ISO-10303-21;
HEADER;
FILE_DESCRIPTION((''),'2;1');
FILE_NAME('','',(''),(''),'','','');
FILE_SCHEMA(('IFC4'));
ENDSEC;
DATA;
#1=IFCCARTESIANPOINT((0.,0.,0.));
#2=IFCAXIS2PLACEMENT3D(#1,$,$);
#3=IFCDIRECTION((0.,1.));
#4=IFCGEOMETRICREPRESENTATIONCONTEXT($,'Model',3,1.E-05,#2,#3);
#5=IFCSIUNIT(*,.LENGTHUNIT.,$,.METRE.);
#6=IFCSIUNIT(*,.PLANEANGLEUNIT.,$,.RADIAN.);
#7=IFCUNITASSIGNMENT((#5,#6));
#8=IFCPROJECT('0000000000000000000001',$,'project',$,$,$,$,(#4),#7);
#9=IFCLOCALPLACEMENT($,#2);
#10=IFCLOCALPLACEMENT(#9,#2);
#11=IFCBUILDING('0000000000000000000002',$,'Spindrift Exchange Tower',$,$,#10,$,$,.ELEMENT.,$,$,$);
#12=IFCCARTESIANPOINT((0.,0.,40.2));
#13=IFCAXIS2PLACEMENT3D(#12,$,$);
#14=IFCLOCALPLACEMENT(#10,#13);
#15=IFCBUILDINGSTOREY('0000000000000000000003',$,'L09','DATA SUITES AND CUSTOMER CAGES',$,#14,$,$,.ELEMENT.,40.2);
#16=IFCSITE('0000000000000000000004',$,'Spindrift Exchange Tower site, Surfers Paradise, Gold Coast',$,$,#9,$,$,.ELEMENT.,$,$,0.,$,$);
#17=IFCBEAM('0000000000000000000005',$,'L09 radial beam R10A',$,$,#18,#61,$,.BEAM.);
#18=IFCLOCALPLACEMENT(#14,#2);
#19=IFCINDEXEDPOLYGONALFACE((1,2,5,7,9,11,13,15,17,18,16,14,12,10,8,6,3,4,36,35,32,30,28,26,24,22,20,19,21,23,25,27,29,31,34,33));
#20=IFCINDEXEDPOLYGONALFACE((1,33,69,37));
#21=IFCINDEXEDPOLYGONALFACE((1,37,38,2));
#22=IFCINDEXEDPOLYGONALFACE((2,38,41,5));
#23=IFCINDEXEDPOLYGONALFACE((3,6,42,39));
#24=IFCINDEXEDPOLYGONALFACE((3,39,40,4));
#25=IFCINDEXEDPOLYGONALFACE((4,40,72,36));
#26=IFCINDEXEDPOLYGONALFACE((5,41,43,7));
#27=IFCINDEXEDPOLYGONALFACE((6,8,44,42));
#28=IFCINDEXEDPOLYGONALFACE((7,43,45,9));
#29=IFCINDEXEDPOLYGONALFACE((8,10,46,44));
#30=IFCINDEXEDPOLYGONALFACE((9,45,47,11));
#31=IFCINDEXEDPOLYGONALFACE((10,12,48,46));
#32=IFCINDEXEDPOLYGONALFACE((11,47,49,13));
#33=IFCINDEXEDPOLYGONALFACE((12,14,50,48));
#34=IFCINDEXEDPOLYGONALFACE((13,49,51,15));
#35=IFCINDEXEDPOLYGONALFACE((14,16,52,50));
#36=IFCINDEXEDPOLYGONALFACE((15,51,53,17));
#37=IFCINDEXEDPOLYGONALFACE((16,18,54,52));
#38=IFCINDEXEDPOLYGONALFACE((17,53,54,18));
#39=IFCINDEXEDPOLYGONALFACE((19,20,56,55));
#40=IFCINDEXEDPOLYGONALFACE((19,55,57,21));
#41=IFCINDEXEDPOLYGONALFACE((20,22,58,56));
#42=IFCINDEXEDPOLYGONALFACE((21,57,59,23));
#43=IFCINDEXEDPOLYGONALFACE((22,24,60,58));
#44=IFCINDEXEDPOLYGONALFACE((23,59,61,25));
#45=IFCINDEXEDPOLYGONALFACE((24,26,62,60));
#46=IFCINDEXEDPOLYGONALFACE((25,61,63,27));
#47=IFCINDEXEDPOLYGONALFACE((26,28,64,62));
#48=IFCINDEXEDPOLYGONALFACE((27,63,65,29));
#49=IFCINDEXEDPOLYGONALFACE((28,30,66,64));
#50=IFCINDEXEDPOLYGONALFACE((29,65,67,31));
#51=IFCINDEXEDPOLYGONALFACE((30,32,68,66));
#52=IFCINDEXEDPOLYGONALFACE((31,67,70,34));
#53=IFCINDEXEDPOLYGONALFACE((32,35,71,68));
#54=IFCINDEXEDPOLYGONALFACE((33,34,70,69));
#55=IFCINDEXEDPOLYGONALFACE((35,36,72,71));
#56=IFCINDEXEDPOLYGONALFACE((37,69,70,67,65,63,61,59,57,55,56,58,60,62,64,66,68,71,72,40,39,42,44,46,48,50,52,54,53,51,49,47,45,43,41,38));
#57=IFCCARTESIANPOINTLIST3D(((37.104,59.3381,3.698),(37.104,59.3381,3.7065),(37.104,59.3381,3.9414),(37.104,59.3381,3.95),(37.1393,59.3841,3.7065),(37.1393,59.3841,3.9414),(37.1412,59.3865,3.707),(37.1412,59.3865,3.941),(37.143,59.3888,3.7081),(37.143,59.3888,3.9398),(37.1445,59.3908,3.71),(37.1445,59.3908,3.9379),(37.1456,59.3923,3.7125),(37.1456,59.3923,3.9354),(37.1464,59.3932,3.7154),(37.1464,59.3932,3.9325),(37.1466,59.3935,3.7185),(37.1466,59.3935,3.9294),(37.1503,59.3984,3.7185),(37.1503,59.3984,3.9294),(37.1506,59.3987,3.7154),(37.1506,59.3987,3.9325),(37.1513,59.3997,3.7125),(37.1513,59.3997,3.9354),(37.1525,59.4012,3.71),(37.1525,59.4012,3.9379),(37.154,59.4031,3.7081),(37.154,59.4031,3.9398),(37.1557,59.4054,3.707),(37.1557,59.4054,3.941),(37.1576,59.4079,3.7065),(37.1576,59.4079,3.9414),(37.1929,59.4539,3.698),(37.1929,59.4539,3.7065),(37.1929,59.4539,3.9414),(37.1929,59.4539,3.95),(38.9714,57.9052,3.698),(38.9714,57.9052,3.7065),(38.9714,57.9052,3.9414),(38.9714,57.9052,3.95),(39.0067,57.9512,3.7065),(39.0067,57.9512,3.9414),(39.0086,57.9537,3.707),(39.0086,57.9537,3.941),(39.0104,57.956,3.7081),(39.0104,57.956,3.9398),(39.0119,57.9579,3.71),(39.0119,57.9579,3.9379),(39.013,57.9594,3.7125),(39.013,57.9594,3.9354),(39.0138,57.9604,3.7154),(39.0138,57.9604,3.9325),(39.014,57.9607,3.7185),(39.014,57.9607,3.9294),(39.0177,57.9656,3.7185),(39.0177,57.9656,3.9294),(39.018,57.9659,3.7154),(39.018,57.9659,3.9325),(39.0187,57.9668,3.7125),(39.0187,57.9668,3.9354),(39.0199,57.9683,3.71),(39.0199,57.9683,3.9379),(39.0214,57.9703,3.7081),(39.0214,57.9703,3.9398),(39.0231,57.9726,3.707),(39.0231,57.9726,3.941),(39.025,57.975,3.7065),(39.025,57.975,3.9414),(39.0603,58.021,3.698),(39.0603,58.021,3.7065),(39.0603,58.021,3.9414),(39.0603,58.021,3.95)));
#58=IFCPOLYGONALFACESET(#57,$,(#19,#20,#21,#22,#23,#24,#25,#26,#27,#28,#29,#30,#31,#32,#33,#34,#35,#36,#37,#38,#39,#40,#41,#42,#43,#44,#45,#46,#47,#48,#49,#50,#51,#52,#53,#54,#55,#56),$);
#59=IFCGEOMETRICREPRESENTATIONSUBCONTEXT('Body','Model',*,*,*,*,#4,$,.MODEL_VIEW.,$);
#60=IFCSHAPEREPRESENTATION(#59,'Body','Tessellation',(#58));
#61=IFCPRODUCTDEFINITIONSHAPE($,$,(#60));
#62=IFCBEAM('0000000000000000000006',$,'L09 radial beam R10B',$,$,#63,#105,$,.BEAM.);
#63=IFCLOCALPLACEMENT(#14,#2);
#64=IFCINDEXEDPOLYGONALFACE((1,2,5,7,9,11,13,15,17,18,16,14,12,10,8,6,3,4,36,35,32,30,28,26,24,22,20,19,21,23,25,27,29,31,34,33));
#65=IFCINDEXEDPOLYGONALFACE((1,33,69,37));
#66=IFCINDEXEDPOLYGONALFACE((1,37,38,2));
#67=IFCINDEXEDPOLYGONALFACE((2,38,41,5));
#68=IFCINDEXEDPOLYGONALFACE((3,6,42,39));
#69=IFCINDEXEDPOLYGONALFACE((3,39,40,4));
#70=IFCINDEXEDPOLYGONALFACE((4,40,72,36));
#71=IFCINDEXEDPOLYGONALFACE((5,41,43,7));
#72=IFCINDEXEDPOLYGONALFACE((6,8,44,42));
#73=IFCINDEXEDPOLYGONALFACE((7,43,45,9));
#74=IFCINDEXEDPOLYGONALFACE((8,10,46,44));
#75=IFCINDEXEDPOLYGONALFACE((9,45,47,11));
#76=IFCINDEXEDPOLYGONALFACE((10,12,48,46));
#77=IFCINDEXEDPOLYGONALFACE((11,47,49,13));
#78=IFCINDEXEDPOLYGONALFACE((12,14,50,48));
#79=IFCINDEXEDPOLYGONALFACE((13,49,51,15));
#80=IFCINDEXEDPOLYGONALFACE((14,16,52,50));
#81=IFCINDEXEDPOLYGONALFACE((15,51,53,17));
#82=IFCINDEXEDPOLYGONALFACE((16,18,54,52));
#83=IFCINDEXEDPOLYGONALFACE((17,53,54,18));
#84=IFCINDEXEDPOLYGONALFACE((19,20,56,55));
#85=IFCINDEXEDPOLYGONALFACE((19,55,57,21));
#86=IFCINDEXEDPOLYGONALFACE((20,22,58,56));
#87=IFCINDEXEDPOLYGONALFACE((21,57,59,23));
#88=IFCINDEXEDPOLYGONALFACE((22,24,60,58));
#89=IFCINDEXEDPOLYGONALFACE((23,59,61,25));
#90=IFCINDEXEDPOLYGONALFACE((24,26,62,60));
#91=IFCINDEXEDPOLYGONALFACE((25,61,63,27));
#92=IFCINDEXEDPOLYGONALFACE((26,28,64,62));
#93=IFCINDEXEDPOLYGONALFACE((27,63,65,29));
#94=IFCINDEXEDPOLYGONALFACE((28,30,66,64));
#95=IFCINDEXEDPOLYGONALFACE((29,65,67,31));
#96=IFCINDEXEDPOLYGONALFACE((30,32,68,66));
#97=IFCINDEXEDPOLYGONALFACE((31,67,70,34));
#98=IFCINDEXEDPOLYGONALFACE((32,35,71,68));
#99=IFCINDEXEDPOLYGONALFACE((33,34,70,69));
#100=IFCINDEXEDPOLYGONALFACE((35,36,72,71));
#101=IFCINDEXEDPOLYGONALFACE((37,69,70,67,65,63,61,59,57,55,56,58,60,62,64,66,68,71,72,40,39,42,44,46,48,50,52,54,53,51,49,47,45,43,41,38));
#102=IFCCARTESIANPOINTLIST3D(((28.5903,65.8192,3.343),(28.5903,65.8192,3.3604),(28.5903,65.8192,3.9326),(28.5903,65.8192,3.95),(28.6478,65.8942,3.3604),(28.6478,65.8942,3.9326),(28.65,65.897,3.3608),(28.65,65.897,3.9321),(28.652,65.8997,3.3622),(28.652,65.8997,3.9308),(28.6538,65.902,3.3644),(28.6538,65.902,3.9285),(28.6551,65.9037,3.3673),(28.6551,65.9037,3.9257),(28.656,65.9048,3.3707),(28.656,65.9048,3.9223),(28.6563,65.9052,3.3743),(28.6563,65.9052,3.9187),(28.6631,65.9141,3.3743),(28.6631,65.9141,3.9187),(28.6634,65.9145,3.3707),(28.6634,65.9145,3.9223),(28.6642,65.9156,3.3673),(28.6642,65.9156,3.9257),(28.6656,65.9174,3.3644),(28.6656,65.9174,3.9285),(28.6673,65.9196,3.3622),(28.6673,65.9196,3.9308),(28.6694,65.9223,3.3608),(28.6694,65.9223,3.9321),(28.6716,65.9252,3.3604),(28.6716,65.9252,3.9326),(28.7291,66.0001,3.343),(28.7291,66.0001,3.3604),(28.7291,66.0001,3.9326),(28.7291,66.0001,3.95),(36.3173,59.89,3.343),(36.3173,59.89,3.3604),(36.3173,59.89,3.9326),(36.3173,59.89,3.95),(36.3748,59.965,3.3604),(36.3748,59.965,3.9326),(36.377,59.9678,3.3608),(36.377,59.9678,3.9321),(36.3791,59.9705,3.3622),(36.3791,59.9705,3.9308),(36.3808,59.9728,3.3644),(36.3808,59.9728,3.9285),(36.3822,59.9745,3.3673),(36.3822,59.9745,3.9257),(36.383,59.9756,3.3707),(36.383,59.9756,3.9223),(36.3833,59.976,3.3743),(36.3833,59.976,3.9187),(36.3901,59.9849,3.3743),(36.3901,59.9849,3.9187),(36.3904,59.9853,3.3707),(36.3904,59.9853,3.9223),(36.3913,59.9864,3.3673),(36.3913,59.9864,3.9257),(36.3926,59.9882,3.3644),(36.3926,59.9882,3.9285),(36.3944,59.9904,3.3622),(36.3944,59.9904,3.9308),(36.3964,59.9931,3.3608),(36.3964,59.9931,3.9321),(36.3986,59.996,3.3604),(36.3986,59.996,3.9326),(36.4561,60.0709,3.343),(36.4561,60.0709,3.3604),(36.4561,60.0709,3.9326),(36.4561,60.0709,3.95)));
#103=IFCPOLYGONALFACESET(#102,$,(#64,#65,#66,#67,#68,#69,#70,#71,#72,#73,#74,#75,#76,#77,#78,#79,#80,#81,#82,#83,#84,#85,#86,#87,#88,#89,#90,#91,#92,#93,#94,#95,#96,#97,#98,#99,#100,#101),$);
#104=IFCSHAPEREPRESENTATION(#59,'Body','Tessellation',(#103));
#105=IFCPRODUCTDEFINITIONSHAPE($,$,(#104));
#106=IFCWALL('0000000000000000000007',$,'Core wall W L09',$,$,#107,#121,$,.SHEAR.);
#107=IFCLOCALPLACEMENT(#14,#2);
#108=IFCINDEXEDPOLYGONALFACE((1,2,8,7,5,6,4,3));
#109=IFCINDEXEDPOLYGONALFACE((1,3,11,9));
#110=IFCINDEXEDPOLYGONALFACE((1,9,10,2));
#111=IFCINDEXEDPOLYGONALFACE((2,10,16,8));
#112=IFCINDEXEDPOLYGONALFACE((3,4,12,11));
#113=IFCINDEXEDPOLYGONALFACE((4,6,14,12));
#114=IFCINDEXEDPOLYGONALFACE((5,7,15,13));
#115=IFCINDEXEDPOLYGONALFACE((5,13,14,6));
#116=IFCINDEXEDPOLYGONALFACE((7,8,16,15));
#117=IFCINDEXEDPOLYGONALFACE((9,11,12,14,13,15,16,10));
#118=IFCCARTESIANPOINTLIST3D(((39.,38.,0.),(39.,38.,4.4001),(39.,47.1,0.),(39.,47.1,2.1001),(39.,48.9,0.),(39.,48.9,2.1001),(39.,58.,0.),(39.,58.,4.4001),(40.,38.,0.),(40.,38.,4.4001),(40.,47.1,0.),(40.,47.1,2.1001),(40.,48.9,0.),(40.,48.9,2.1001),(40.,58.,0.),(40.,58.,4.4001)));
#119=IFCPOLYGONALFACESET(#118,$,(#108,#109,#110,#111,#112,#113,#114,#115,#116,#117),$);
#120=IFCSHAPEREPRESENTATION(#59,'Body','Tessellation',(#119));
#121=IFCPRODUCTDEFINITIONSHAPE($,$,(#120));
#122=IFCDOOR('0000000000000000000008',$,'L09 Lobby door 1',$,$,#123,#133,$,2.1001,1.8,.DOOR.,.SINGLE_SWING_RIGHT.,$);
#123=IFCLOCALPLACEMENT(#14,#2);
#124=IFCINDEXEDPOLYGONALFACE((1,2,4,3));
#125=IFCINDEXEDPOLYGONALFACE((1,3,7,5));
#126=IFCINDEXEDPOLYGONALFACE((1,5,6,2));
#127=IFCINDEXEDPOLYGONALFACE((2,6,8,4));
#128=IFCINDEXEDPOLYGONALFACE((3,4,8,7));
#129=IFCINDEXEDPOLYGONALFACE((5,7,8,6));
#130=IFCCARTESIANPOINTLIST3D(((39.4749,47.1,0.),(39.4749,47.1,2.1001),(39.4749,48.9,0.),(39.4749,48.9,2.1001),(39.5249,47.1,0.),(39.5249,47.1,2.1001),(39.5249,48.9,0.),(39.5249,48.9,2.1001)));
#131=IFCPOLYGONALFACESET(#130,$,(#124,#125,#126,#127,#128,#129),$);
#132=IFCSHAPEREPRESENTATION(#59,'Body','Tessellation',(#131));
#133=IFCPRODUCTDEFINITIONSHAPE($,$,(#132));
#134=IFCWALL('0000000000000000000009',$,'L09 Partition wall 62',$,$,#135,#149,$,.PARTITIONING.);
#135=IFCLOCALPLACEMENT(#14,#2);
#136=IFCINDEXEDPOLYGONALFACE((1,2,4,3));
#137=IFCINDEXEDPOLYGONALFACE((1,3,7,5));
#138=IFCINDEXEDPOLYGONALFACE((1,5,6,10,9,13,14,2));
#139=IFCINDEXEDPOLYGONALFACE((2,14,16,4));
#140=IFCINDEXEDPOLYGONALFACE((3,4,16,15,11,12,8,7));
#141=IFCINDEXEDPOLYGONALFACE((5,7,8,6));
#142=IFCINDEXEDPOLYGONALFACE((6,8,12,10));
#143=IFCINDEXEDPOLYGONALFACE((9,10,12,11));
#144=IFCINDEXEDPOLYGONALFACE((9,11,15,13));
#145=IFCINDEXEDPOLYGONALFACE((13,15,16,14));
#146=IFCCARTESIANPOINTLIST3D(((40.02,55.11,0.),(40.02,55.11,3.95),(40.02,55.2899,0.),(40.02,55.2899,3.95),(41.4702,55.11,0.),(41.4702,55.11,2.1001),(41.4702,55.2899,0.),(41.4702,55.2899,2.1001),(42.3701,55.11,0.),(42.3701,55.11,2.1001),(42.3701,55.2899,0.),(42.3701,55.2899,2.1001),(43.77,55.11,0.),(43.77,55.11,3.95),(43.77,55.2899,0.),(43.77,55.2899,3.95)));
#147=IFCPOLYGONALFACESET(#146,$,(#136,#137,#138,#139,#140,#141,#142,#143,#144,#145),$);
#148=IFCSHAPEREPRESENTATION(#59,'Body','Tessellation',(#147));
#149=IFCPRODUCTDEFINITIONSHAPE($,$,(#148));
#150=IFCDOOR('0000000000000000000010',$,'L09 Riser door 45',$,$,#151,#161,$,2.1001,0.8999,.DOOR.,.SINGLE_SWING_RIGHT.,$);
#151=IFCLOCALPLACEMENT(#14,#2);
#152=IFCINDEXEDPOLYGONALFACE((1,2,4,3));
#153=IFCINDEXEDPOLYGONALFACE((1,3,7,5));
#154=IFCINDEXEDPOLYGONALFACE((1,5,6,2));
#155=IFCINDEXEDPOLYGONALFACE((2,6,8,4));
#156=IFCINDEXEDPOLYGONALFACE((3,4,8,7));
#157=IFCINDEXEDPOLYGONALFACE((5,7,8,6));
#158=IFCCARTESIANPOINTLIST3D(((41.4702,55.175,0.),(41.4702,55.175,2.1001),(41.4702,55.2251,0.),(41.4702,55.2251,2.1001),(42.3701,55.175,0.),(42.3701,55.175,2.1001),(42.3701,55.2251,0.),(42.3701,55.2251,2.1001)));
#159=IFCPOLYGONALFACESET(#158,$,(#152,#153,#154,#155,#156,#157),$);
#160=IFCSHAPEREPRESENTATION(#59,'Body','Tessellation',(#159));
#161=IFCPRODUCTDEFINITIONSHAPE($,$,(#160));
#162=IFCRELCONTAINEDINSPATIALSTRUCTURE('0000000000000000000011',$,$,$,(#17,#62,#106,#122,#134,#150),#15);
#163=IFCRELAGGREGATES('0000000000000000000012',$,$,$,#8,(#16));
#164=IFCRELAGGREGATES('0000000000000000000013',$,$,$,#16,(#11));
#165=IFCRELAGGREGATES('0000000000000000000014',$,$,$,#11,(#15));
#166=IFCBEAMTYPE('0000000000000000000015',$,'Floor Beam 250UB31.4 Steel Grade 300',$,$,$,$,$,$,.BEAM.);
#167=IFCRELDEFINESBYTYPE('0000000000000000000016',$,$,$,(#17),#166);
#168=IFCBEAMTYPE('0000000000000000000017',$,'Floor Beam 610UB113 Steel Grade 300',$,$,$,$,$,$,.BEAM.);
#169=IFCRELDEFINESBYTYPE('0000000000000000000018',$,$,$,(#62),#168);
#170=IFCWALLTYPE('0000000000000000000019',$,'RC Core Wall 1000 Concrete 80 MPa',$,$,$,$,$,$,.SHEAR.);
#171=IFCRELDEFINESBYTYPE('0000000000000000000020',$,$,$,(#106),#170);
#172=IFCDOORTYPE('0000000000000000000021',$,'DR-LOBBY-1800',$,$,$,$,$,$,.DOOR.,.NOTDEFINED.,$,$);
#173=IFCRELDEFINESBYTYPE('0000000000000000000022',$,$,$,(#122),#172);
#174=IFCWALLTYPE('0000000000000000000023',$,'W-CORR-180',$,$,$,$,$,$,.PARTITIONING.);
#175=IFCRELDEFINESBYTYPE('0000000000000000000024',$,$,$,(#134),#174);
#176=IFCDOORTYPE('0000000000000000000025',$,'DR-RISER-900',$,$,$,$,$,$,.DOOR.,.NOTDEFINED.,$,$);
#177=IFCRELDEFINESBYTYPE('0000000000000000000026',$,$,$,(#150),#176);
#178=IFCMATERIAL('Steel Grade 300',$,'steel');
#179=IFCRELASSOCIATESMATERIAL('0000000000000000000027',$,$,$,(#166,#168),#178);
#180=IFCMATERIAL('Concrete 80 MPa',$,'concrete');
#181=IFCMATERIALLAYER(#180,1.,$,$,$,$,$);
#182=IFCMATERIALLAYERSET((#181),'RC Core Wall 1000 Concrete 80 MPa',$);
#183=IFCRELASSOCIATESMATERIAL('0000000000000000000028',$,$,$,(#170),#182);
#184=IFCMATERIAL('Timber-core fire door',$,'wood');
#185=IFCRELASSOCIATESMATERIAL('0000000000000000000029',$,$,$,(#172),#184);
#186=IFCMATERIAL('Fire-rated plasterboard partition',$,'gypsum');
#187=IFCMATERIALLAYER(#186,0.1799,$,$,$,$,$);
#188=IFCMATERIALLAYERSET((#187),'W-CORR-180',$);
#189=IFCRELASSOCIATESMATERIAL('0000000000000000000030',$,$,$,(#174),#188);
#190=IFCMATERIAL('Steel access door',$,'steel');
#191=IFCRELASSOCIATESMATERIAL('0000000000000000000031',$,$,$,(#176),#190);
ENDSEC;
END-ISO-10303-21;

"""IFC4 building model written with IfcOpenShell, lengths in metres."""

from ifc_helpers import new_model, si_unit, direction, frame, frame_2d, origin, origin_2d, place, context, subcontext, project, spatial, rectangle, i_section, extrude, source, transform, mapped, material, layer, layer_set, material_profile, profile_set, type_object, element, fill, save


model = new_model("IFC4")

# Units and contexts
model_context = context("Model", 3, precision=1e-05, world=origin(), true_north=direction((0.0, 1.0)))
body_context = subcontext(model_context, "Body", "Model", "MODEL_VIEW")
ifc_project = project(units=[si_unit("LENGTHUNIT", "METRE"), si_unit("PLANEANGLEUNIT", "RADIAN")], contexts=[model_context])

# Site, building, storey
site_placement = place(None, origin())
site = spatial("IfcSite", under=ifc_project, at=site_placement, Name="Spindrift Exchange Tower site, Surfers Paradise, Gold Coast", CompositionType="ELEMENT", RefElevation=0.0)
building_placement = place(site_placement, origin())
building = spatial("IfcBuilding", under=site, at=building_placement, Name="Spindrift Exchange Tower", CompositionType="ELEMENT")
storey_placement = place(building_placement, frame((0.0, 0.0, 40.2)))
storey = spatial("IfcBuildingStorey", under=building, at=storey_placement, Name="L09", Description="DATA SUITES AND CUSTOMER CAGES", CompositionType="ELEMENT", Elevation=40.2)

# Shared definitions
ifc_material_1 = material(Name="Concrete 80 MPa", Category="concrete")

# Beams
ifc_material_2 = material(Name="Steel Grade 300", Category="steel")
ifc_material_profile_1 = material_profile(ifc_material_2, i_section(OverallWidth=0.146, OverallDepth=0.252, WebThickness=0.0061, FlangeThickness=0.0085, FilletRadius=0.012, at=origin_2d()), Name="250UB31.4")
ifc_profile_set_1 = profile_set([ifc_material_profile_1], Name="Steel Grade 300")
beam_type_1 = type_object("IfcBeamType", Name="Floor Beam 250UB31.4 Steel Grade 300", PredefinedType="BEAM", material=ifc_profile_set_1)
shared_shape_1 = source(origin(), body_context, "Body", "SweptSolid", [
    extrude(i_section(OverallWidth=0.146, OverallDepth=0.252, WebThickness=0.0061, FlangeThickness=0.0085, FilletRadius=0.012, at=origin_2d()), origin(), (0.0, 0.0, 1.0), 2.3538),
])
beam_1_placement = place(storey_placement, frame((39.0159, 57.9631, 3.824), z_axis=(-0.793368, 0.608743, 0.0), x_axis=(-0.608743, -0.793368, 0.0)))
element("IfcBeam", 1, at=beam_1_placement, inside=storey, type_object=beam_type_1, Name="L09 radial beam R10A", PredefinedType="BEAM", context=body_context, shape_type="MappedRepresentation", body=[
    mapped(shared_shape_1, transform((0.0, 0.0, 0.0), scale=1.0)),
])
ifc_material_profile_2 = material_profile(ifc_material_2, i_section(OverallWidth=0.228, OverallDepth=0.6069, WebThickness=0.0112, FlangeThickness=0.0173, FilletRadius=0.0139, at=origin_2d()), Name="610UB113")
ifc_profile_set_2 = profile_set([ifc_material_profile_2], Name="Steel Grade 300")
beam_type_2 = type_object("IfcBeamType", Name="Floor Beam 610UB113 Steel Grade 300", PredefinedType="BEAM", material=ifc_profile_set_2)
shared_shape_2 = source(origin(), body_context, "Body", "SweptSolid", [
    extrude(i_section(OverallWidth=0.228, OverallDepth=0.6069, WebThickness=0.0112, FlangeThickness=0.0173, FilletRadius=0.0139, at=origin_2d()), origin(), (0.0, 0.0, 1.0), 9.7397),
])
beam_2_placement = place(storey_placement, frame((36.3867, 59.9805, 3.6465), z_axis=(-0.793352, 0.608763, 0.0), x_axis=(-0.608763, -0.793352, 0.0)))
element("IfcBeam", 2, at=beam_2_placement, inside=storey, type_object=beam_type_2, Name="L09 radial beam R10B", PredefinedType="BEAM", context=body_context, shape_type="MappedRepresentation", body=[
    mapped(shared_shape_2, transform((0.0, 0.0, 0.0), scale=1.0)),
])

# Walls, openings, doors
ifc_layer_1 = layer(ifc_material_1, 1.0)
ifc_layer_set_1 = layer_set([ifc_layer_1], Name="RC Core Wall 1000 Concrete 80 MPa")
wall_type_1 = type_object("IfcWallType", Name="RC Core Wall 1000 Concrete 80 MPa", PredefinedType="SHEAR", material=ifc_layer_set_1)
wall_1_placement = place(storey_placement, frame((39.5, 58.0, 0.0), z_axis=(0.0, 0.0, 1.0), x_axis=(0.0, -1.0, 0.0)))
wall_1 = element("IfcWall", 3, at=wall_1_placement, inside=storey, type_object=wall_type_1, Name="Core wall W L09", PredefinedType="SHEAR", context=body_context, shape_type="SweptSolid", body=[
    extrude(rectangle(XDim=20.0, YDim=1.0, at=frame_2d((10.0, 0.0))), origin(), (0.0, 0.0, 1.0), 4.4001),
])
opening_1_placement = place(wall_1_placement, frame((9.1001, 0.0, 0.0)))
opening_1 = element("IfcOpeningElement", 4, at=opening_1_placement, cuts=wall_1, PredefinedType="OPENING", context=body_context, shape_type="SweptSolid", body=[
    extrude(rectangle(XDim=1.8, YDim=2.1001, at=frame_2d((0.8999, 1.05))), frame((0.0, 0.51, 0.0), z_axis=(0.0, -1.0, 0.0), x_axis=(1.0, 0.0, 0.0)), (0.0, 0.0, 1.0), 1.02),
])
ifc_material_3 = material(Name="Timber-core fire door", Category="wood")
door_type_1 = type_object("IfcDoorType", Name="DR-LOBBY-1800", OperationType="NOTDEFINED", PredefinedType="DOOR", material=ifc_material_3)
shared_shape_3 = source(origin(), body_context, "Body", "SweptSolid", [
    extrude(rectangle(XDim=1.8, YDim=2.1001, at=frame_2d((0.8999, 1.05))), frame((0.0, 0.0249, 0.0), z_axis=(0.0, -1.0, 0.0), x_axis=(1.0, 0.0, 0.0)), (0.0, 0.0, 1.0), 0.05),
])
door_1_placement = place(opening_1_placement, origin())
door_1 = element("IfcDoor", 5, at=door_1_placement, inside=storey, type_object=door_type_1, Name="L09 Lobby door 1", OperationType="SINGLE_SWING_RIGHT", OverallHeight=2.1001, OverallWidth=1.8, PredefinedType="DOOR", context=body_context, shape_type="MappedRepresentation", body=[
    mapped(shared_shape_3, transform((0.0, 0.0, 0.0), scale=1.0)),
])
fill(opening_1, door_1)
ifc_material_4 = material(Name="Fire-rated plasterboard partition", Category="gypsum")
ifc_layer_2 = layer(ifc_material_4, 0.1799)
ifc_layer_set_2 = layer_set([ifc_layer_2], Name="W-CORR-180")
wall_type_2 = type_object("IfcWallType", Name="W-CORR-180", PredefinedType="PARTITIONING", material=ifc_layer_set_2)
wall_2_placement = place(storey_placement, frame((43.77, 55.2, 0.0), z_axis=(0.0, 0.0, 1.0), x_axis=(-1.0, 0.0, 0.0)))
wall_2 = element("IfcWall", 6, at=wall_2_placement, inside=storey, type_object=wall_type_2, Name="L09 Partition wall 62", PredefinedType="PARTITIONING", context=body_context, shape_type="SweptSolid", body=[
    extrude(rectangle(XDim=3.75, YDim=0.1799, at=frame_2d((1.875, 0.0))), origin(), (0.0, 0.0, 1.0), 3.95),
])
opening_2_placement = place(wall_2_placement, frame((1.3999, 0.0, 0.0)))
opening_2 = element("IfcOpeningElement", 7, at=opening_2_placement, cuts=wall_2, PredefinedType="OPENING", context=body_context, shape_type="SweptSolid", body=[
    extrude(rectangle(XDim=0.8999, YDim=2.1001, at=frame_2d((0.45, 1.05))), frame((0.0, 0.0999, 0.0), z_axis=(0.0, -1.0, 0.0), x_axis=(1.0, 0.0, 0.0)), (0.0, 0.0, 1.0), 0.2),
])
ifc_material_5 = material(Name="Steel access door", Category="steel")
door_type_2 = type_object("IfcDoorType", Name="DR-RISER-900", OperationType="NOTDEFINED", PredefinedType="DOOR", material=ifc_material_5)
shared_shape_4 = source(origin(), body_context, "Body", "SweptSolid", [
    extrude(rectangle(XDim=0.8999, YDim=2.1001, at=frame_2d((0.45, 1.05))), frame((0.0, 0.0249, 0.0), z_axis=(0.0, -1.0, 0.0), x_axis=(1.0, 0.0, 0.0)), (0.0, 0.0, 1.0), 0.05),
])
door_2_placement = place(opening_2_placement, origin())
door_2 = element("IfcDoor", 8, at=door_2_placement, inside=storey, type_object=door_type_2, Name="L09 Riser door 45", OperationType="SINGLE_SWING_RIGHT", OverallHeight=2.1001, OverallWidth=0.8999, PredefinedType="DOOR", context=body_context, shape_type="MappedRepresentation", body=[
    mapped(shared_shape_4, transform((0.0, 0.0, 0.0), scale=1.0)),
])
fill(opening_2, door_2)

save(model, "model.ifc")
